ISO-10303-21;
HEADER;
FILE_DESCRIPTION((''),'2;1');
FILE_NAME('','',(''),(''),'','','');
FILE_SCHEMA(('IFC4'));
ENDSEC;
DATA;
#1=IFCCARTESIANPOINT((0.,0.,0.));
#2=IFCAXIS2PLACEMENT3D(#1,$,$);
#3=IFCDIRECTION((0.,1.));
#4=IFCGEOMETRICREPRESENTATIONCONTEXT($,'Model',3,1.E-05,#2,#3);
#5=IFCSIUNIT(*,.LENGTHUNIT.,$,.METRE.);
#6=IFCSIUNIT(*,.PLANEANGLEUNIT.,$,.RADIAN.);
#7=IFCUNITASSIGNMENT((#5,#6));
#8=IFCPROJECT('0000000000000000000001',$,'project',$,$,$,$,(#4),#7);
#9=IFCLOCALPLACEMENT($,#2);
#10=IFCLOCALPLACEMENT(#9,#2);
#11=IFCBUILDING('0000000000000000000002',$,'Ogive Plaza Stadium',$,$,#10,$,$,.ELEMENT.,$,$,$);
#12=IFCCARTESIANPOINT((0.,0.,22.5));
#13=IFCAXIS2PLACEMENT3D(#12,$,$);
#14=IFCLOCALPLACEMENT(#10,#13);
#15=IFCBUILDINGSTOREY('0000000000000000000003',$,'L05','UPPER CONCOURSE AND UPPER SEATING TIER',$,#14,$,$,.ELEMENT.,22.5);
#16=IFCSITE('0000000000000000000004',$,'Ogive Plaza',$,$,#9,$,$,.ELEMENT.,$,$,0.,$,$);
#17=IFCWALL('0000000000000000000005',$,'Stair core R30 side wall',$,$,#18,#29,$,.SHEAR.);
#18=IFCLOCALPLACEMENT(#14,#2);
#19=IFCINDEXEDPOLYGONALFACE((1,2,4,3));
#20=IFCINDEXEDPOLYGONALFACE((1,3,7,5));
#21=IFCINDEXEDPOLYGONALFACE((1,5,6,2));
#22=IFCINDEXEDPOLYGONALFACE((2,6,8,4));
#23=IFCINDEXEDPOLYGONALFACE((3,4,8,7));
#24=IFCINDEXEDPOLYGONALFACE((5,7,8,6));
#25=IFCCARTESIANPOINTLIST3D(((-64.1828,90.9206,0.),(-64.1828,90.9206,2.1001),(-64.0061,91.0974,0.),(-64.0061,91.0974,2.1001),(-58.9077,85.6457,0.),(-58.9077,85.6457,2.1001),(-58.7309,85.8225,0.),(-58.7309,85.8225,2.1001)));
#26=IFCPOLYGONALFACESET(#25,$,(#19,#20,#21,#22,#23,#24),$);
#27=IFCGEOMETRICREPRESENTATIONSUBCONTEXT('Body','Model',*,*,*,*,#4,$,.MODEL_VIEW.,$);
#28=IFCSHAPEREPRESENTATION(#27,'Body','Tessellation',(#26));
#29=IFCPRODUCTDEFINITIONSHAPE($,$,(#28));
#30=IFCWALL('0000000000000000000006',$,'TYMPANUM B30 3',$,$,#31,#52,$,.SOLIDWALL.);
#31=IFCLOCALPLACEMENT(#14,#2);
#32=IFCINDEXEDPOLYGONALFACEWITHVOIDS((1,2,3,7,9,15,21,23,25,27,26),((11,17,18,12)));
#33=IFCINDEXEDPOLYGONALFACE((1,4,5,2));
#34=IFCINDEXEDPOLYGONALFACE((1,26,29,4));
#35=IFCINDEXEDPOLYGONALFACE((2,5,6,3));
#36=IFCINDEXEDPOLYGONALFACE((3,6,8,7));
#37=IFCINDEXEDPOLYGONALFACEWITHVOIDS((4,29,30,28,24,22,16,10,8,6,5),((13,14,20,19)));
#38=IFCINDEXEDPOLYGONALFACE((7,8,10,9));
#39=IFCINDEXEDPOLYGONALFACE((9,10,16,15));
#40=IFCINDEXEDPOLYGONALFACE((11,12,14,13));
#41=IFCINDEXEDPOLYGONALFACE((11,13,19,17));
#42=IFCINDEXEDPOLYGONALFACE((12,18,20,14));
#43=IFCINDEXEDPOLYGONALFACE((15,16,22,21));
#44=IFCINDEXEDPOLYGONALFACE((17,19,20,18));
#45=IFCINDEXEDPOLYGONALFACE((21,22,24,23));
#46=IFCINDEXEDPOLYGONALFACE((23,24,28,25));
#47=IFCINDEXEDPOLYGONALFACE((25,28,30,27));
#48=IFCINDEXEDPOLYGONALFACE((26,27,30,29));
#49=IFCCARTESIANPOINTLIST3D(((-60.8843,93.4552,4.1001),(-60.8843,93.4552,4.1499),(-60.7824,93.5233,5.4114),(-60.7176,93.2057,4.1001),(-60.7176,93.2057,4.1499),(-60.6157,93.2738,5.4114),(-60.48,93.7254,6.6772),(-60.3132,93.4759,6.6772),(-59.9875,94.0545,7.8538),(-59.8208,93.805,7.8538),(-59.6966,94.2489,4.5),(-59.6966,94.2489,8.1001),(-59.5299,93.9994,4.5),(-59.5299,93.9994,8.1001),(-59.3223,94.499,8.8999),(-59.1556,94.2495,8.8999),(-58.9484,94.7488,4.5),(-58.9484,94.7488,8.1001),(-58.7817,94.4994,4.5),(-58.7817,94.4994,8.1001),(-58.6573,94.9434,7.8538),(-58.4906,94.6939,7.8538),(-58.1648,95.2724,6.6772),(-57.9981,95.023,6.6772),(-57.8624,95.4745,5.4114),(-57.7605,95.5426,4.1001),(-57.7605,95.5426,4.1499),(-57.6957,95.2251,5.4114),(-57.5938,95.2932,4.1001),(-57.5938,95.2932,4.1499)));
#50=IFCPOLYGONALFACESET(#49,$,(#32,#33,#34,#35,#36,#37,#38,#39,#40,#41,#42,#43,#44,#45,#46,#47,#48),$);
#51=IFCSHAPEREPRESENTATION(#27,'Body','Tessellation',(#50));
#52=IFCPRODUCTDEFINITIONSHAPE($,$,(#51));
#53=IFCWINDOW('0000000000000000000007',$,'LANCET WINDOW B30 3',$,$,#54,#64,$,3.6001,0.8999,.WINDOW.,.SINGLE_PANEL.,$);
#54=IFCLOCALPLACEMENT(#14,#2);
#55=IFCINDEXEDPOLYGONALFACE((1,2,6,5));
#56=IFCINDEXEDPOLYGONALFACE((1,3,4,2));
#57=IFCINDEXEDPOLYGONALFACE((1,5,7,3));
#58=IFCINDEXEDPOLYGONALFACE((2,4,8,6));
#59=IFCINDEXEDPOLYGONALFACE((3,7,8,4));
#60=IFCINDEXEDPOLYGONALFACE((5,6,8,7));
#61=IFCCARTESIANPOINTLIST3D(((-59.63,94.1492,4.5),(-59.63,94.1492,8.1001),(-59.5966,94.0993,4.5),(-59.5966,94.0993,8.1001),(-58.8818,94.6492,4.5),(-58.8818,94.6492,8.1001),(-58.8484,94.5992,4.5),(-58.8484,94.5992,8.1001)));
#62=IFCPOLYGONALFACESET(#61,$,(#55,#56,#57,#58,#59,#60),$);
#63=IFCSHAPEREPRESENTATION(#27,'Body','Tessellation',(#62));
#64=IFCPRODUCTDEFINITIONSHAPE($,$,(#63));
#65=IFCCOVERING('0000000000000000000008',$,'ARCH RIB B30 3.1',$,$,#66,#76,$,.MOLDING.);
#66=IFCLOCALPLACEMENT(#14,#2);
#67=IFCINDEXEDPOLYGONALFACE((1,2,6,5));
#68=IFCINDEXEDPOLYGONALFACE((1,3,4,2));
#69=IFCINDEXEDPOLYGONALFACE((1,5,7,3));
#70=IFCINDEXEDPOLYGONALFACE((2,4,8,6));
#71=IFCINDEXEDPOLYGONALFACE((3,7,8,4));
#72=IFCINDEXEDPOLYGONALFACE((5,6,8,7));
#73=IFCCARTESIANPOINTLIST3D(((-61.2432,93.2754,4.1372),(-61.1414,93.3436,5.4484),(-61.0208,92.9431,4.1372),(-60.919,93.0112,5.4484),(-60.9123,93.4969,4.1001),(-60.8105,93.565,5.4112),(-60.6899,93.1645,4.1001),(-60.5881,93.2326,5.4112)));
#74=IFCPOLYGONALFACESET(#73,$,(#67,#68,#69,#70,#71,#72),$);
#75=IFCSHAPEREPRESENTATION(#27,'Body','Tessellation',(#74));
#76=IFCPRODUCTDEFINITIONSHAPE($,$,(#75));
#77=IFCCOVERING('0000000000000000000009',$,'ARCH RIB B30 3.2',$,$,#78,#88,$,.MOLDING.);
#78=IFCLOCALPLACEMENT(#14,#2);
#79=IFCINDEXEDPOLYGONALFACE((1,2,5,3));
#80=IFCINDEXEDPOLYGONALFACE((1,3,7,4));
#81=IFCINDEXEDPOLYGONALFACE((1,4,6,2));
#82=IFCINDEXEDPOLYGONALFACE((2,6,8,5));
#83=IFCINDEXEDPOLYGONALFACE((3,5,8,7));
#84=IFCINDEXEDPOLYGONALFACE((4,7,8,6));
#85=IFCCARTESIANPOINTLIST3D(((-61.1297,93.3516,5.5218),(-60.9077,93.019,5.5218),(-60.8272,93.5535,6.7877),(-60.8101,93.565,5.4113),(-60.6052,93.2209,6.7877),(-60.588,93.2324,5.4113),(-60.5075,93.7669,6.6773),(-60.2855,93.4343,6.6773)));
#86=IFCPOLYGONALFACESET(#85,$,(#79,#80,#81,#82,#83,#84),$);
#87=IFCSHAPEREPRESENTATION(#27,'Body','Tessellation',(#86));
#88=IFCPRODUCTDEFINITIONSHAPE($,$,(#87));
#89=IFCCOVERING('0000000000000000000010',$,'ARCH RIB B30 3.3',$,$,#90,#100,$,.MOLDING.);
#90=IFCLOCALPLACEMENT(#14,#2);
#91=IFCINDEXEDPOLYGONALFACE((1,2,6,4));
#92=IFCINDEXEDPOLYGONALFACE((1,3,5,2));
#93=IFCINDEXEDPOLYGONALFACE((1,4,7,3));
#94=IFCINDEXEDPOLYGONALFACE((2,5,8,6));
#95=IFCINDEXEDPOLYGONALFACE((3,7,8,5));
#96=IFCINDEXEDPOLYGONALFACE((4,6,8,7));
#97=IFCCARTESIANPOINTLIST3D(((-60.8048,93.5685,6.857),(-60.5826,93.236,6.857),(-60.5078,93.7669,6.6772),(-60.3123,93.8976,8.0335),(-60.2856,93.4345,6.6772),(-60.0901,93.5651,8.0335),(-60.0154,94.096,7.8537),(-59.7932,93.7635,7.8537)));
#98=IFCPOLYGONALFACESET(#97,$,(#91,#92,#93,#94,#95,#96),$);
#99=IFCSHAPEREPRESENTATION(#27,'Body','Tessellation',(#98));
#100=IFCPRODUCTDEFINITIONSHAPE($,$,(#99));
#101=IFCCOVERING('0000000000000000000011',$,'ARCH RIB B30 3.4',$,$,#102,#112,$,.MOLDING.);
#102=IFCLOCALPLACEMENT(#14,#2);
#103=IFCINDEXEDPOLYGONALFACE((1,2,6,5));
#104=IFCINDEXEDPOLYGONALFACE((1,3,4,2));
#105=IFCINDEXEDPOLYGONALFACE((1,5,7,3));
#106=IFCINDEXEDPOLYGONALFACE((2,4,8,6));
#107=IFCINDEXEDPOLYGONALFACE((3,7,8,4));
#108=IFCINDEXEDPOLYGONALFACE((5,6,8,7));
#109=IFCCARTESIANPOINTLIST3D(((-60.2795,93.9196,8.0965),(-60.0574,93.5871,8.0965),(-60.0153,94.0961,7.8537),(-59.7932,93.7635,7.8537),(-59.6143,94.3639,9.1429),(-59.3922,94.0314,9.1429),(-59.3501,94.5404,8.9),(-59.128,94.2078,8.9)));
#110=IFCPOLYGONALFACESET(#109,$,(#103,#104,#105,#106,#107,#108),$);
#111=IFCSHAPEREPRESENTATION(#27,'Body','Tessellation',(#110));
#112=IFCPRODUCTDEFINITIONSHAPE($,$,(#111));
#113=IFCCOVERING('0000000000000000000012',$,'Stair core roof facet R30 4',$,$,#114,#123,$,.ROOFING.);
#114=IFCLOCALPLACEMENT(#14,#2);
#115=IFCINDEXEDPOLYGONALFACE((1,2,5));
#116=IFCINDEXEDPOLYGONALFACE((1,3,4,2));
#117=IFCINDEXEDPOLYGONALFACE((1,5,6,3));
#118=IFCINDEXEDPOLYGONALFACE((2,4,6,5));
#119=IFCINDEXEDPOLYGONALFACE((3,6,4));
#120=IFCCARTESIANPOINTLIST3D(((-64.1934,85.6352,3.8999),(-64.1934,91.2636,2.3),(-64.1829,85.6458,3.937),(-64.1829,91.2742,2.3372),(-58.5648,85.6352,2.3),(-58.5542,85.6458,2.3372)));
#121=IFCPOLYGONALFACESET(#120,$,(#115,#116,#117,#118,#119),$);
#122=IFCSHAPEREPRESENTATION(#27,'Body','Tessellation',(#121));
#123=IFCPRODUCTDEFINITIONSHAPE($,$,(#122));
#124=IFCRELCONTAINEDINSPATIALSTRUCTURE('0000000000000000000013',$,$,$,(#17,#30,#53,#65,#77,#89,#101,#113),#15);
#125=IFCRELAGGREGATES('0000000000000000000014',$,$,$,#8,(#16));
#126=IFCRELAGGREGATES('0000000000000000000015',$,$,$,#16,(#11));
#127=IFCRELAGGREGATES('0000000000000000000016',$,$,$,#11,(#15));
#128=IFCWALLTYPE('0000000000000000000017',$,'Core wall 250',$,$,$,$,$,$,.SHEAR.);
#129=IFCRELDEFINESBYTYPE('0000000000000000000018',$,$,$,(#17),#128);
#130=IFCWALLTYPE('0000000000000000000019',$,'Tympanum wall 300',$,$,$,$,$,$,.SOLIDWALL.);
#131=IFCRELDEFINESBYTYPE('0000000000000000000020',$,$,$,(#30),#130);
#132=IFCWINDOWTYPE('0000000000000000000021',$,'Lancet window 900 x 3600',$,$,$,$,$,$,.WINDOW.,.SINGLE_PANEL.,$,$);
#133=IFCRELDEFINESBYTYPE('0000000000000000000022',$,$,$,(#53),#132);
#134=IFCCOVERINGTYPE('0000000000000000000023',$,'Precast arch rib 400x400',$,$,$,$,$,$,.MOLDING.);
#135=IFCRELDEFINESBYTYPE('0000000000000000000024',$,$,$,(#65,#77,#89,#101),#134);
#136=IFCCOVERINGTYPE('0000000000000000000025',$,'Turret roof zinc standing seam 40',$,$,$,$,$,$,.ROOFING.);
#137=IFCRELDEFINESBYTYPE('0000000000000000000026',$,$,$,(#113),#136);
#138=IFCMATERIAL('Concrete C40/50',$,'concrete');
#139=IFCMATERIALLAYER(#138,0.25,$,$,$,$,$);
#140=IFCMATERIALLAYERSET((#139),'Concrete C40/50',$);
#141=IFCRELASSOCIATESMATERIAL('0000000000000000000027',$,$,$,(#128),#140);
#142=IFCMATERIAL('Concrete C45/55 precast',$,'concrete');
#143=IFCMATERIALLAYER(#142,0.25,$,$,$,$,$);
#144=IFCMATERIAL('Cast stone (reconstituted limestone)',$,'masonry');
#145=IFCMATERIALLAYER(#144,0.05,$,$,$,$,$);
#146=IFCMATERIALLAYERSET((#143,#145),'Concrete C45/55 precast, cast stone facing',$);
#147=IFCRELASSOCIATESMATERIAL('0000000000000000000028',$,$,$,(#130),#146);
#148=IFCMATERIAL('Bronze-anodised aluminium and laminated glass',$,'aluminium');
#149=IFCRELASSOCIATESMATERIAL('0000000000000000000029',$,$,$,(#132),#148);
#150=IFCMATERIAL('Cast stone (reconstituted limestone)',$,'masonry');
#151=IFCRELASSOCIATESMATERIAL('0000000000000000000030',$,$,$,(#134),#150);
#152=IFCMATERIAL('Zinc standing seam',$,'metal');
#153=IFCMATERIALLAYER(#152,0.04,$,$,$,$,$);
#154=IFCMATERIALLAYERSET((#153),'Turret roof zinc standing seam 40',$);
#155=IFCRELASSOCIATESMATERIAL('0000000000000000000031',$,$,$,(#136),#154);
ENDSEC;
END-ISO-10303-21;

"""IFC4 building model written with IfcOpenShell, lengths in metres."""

from ifc_helpers import new_model, si_unit, direction, frame, frame_2d, origin, origin_2d, place, context, subcontext, project, spatial, polyline, rectangle, outline, extrude, material, layer, layer_set, material_profile, profile_set, type_object, element, fill, save


model = new_model("IFC4")

# Units and contexts
model_context = context("Model", 3, precision=1e-05, world=origin(), true_north=direction((0.0, 1.0)))
body_context = subcontext(model_context, "Body", "Model", "MODEL_VIEW")
ifc_project = project(units=[si_unit("LENGTHUNIT", "METRE"), si_unit("PLANEANGLEUNIT", "RADIAN")], contexts=[model_context])

# Site, building, storey
site_placement = place(None, origin())
site = spatial("IfcSite", under=ifc_project, at=site_placement, Name="Ogive Plaza", CompositionType="ELEMENT", RefElevation=0.0)
building_placement = place(site_placement, origin())
building = spatial("IfcBuilding", under=site, at=building_placement, Name="Ogive Plaza Stadium", CompositionType="ELEMENT")
storey_placement = place(building_placement, frame((0.0, 0.0, 22.5)))
storey = spatial("IfcBuildingStorey", under=building, at=storey_placement, Name="L05", Description="UPPER CONCOURSE AND UPPER SEATING TIER", CompositionType="ELEMENT", Elevation=22.5)

# Shared definitions
ifc_material_1 = material(Name="Concrete C40/50", Category="concrete")
ifc_layer_1 = layer(ifc_material_1, 0.25)
ifc_layer_set_1 = layer_set([ifc_layer_1], Name="Concrete C40/50")
wall_type_1 = type_object("IfcWallType", Name="Core wall 250", PredefinedType="SHEAR", material=ifc_layer_set_1)

# Wall
wall_1_placement = place(storey_placement, frame((-58.8193, 85.7341, 0.0), z_axis=(0.0, 0.0, 1.0), x_axis=(-0.707123, 0.70709, 0.0)))
element("IfcWall", 1, at=wall_1_placement, inside=storey, type_object=wall_type_1, Name="Stair core R30 side wall", PredefinedType="SHEAR", context=body_context, shape_type="SweptSolid", body=[
    extrude(rectangle(XDim=7.46, YDim=0.25, at=frame_2d((3.73, 0.0))), origin(), (0.0, 0.0, 1.0), 2.1001),
])

# Wall, opening, window
ifc_material_2 = material(Name="Concrete C45/55 precast", Category="concrete")
ifc_layer_2 = layer(ifc_material_2, 0.25)
ifc_material_3 = material(Name="Cast stone (reconstituted limestone)", Category="masonry")
ifc_layer_3 = layer(ifc_material_3, 0.05)
ifc_layer_set_2 = layer_set([ifc_layer_2, ifc_layer_3], Name="Concrete C45/55 precast, cast stone facing")
wall_type_2 = type_object("IfcWallType", Name="Tympanum wall 300", PredefinedType="SOLIDWALL", material=ifc_layer_set_2)
wall_2_placement = place(storey_placement, frame((-60.801, 93.3306, 4.1001), z_axis=(0.0, 0.0, 1.0), x_axis=(0.83145, 0.5556, 0.0)))
wall_2 = element("IfcWall", 2, at=wall_2_placement, inside=storey, type_object=wall_type_2, Name="TYMPANUM B30 3", PredefinedType="SOLIDWALL", context=body_context, shape_type="SweptSolid", body=[
    extrude(outline(polyline([(0.0, 0.0), (3.7571, 0.0), (3.7571, 0.0498), (3.6345, 1.3113), (3.2708, 2.5771), (2.6785, 3.7537), (1.8787, 4.7998), (1.0786, 3.7537), (0.4863, 2.5771), (0.1226, 1.3113), (0.0, 0.0498), (0.0, 0.0)])), frame((0.0, 0.1499, 0.0), z_axis=(0.0, -1.0, 0.0), x_axis=(1.0, 0.0, 0.0)), (0.0, 0.0, 1.0), 0.3),
])
opening_1_placement = place(wall_2_placement, frame((1.4285, 0.0, 0.3999)))
opening_1 = element("IfcOpeningElement", 3, at=opening_1_placement, cuts=wall_2, PredefinedType="OPENING", context=body_context, shape_type="SweptSolid", body=[
    extrude(rectangle(XDim=0.8999, YDim=3.6001, at=frame_2d((0.45, 1.8))), frame((0.0, 0.1602, 0.0), z_axis=(0.0, -1.0, 0.0), x_axis=(1.0, 0.0, 0.0)), (0.0, 0.0, 1.0), 0.3201),
])
ifc_material_4 = material(Name="Bronze-anodised aluminium and laminated glass", Category="aluminium")
window_type = type_object("IfcWindowType", Name="Lancet window 900 x 3600", PartitioningType="SINGLE_PANEL", PredefinedType="WINDOW", material=ifc_material_4)
window_placement = place(opening_1_placement, origin())
window = element("IfcWindow", 4, at=window_placement, inside=storey, type_object=window_type, Name="LANCET WINDOW B30 3", OverallHeight=3.6001, OverallWidth=0.8999, PartitioningType="SINGLE_PANEL", PredefinedType="WINDOW", context=body_context, shape_type="SweptSolid", body=[
    extrude(rectangle(XDim=0.8999, YDim=3.6001, at=frame_2d((0.45, 1.8))), frame((0.0, 0.03, 0.0), z_axis=(0.0, -1.0, 0.0), x_axis=(1.0, 0.0, 0.0)), (0.0, 0.0, 1.0), 0.0601),
])
fill(opening_1, window)

# Coverings
ifc_material_5 = material(Name="Cast stone (reconstituted limestone)", Category="masonry")
ifc_material_profile_1 = material_profile(ifc_material_5, rectangle(XDim=0.3999, YDim=0.3999, at=origin_2d()), Name="Cast stone 400x400")
ifc_profile_set_1 = profile_set([ifc_material_profile_1], Name="Cast stone (reconstituted limestone)")
covering_type_1 = type_object("IfcCoveringType", Name="Precast arch rib 400x400", PredefinedType="MOLDING", material=ifc_profile_set_1)
covering_1_placement = place(storey_placement, frame((-60.9666, 93.22, 4.1187), z_axis=(0.077303, 0.05172, 0.995665), x_axis=(-0.556079, 0.831129, 0.0)))
element("IfcCovering", 5, at=covering_1_placement, inside=storey, type_object=covering_type_1, Name="ARCH RIB B30 3.1", PredefinedType="MOLDING", context=body_context, shape_type="SweptSolid", body=[
    extrude(rectangle(XDim=0.3999, YDim=0.3999, at=origin_2d()), origin(), (0.0, 0.0, 1.0), 1.3169),
])
for number, where, z_axis, x_axis, name in (
    (6, (-60.8589, 93.292, 5.4666), (0.229668, 0.153297, 0.96112), (-0.555165, 0.83174, 0.0), "ARCH RIB B30 3.2"),
    (7, (-60.5452, 93.5015, 6.7671), (0.373851, 0.249852, 0.893202), (-0.555651, 0.831416, 0.0), "ARCH RIB B30 3.3"),
    (8, (-60.0364, 93.8416, 7.9751), (0.505082, 0.337339, 0.794415), (-0.555404, 0.831581, 0.0), "ARCH RIB B30 3.4"),
):
    element("IfcCovering", number, at=place(storey_placement, frame(where, z_axis=z_axis, x_axis=x_axis)), inside=storey, type_object=covering_type_1, Name=name, PredefinedType="MOLDING", context=body_context, shape_type="SweptSolid", body=[
        extrude(rectangle(XDim=0.3999, YDim=0.3999, at=origin_2d()), origin(), (0.0, 0.0, 1.0), 1.3171),
    ])
ifc_material_6 = material(Name="Zinc standing seam", Category="metal")
ifc_layer_4 = layer(ifc_material_6, 0.04)
ifc_layer_set_3 = layer_set([ifc_layer_4], Name="Turret roof zinc standing seam 40")
covering_type_2 = type_object("IfcCoveringType", Name="Turret roof zinc standing seam 40", PredefinedType="ROOFING", material=ifc_layer_set_3)
covering_2_placement = place(storey_placement, frame((-58.5542, 85.6458, 2.3372), z_axis=(0.263724, 0.263735, 0.927843), x_axis=(-0.707122, 0.707091, 0.0)))
element("IfcCovering", 9, at=covering_2_placement, inside=storey, type_object=covering_type_2, Name="Stair core roof facet R30 4", PredefinedType="ROOFING", context=body_context, shape_type="SweptSolid", body=[
    extrude(outline(polyline([(0.0, 0.0), (7.96, 0.0), (3.9802, 4.2895), (0.0, 0.0)])), origin(), (0.0, 0.0, -1.0), 0.04),
])

save(model, "model.ifc")
